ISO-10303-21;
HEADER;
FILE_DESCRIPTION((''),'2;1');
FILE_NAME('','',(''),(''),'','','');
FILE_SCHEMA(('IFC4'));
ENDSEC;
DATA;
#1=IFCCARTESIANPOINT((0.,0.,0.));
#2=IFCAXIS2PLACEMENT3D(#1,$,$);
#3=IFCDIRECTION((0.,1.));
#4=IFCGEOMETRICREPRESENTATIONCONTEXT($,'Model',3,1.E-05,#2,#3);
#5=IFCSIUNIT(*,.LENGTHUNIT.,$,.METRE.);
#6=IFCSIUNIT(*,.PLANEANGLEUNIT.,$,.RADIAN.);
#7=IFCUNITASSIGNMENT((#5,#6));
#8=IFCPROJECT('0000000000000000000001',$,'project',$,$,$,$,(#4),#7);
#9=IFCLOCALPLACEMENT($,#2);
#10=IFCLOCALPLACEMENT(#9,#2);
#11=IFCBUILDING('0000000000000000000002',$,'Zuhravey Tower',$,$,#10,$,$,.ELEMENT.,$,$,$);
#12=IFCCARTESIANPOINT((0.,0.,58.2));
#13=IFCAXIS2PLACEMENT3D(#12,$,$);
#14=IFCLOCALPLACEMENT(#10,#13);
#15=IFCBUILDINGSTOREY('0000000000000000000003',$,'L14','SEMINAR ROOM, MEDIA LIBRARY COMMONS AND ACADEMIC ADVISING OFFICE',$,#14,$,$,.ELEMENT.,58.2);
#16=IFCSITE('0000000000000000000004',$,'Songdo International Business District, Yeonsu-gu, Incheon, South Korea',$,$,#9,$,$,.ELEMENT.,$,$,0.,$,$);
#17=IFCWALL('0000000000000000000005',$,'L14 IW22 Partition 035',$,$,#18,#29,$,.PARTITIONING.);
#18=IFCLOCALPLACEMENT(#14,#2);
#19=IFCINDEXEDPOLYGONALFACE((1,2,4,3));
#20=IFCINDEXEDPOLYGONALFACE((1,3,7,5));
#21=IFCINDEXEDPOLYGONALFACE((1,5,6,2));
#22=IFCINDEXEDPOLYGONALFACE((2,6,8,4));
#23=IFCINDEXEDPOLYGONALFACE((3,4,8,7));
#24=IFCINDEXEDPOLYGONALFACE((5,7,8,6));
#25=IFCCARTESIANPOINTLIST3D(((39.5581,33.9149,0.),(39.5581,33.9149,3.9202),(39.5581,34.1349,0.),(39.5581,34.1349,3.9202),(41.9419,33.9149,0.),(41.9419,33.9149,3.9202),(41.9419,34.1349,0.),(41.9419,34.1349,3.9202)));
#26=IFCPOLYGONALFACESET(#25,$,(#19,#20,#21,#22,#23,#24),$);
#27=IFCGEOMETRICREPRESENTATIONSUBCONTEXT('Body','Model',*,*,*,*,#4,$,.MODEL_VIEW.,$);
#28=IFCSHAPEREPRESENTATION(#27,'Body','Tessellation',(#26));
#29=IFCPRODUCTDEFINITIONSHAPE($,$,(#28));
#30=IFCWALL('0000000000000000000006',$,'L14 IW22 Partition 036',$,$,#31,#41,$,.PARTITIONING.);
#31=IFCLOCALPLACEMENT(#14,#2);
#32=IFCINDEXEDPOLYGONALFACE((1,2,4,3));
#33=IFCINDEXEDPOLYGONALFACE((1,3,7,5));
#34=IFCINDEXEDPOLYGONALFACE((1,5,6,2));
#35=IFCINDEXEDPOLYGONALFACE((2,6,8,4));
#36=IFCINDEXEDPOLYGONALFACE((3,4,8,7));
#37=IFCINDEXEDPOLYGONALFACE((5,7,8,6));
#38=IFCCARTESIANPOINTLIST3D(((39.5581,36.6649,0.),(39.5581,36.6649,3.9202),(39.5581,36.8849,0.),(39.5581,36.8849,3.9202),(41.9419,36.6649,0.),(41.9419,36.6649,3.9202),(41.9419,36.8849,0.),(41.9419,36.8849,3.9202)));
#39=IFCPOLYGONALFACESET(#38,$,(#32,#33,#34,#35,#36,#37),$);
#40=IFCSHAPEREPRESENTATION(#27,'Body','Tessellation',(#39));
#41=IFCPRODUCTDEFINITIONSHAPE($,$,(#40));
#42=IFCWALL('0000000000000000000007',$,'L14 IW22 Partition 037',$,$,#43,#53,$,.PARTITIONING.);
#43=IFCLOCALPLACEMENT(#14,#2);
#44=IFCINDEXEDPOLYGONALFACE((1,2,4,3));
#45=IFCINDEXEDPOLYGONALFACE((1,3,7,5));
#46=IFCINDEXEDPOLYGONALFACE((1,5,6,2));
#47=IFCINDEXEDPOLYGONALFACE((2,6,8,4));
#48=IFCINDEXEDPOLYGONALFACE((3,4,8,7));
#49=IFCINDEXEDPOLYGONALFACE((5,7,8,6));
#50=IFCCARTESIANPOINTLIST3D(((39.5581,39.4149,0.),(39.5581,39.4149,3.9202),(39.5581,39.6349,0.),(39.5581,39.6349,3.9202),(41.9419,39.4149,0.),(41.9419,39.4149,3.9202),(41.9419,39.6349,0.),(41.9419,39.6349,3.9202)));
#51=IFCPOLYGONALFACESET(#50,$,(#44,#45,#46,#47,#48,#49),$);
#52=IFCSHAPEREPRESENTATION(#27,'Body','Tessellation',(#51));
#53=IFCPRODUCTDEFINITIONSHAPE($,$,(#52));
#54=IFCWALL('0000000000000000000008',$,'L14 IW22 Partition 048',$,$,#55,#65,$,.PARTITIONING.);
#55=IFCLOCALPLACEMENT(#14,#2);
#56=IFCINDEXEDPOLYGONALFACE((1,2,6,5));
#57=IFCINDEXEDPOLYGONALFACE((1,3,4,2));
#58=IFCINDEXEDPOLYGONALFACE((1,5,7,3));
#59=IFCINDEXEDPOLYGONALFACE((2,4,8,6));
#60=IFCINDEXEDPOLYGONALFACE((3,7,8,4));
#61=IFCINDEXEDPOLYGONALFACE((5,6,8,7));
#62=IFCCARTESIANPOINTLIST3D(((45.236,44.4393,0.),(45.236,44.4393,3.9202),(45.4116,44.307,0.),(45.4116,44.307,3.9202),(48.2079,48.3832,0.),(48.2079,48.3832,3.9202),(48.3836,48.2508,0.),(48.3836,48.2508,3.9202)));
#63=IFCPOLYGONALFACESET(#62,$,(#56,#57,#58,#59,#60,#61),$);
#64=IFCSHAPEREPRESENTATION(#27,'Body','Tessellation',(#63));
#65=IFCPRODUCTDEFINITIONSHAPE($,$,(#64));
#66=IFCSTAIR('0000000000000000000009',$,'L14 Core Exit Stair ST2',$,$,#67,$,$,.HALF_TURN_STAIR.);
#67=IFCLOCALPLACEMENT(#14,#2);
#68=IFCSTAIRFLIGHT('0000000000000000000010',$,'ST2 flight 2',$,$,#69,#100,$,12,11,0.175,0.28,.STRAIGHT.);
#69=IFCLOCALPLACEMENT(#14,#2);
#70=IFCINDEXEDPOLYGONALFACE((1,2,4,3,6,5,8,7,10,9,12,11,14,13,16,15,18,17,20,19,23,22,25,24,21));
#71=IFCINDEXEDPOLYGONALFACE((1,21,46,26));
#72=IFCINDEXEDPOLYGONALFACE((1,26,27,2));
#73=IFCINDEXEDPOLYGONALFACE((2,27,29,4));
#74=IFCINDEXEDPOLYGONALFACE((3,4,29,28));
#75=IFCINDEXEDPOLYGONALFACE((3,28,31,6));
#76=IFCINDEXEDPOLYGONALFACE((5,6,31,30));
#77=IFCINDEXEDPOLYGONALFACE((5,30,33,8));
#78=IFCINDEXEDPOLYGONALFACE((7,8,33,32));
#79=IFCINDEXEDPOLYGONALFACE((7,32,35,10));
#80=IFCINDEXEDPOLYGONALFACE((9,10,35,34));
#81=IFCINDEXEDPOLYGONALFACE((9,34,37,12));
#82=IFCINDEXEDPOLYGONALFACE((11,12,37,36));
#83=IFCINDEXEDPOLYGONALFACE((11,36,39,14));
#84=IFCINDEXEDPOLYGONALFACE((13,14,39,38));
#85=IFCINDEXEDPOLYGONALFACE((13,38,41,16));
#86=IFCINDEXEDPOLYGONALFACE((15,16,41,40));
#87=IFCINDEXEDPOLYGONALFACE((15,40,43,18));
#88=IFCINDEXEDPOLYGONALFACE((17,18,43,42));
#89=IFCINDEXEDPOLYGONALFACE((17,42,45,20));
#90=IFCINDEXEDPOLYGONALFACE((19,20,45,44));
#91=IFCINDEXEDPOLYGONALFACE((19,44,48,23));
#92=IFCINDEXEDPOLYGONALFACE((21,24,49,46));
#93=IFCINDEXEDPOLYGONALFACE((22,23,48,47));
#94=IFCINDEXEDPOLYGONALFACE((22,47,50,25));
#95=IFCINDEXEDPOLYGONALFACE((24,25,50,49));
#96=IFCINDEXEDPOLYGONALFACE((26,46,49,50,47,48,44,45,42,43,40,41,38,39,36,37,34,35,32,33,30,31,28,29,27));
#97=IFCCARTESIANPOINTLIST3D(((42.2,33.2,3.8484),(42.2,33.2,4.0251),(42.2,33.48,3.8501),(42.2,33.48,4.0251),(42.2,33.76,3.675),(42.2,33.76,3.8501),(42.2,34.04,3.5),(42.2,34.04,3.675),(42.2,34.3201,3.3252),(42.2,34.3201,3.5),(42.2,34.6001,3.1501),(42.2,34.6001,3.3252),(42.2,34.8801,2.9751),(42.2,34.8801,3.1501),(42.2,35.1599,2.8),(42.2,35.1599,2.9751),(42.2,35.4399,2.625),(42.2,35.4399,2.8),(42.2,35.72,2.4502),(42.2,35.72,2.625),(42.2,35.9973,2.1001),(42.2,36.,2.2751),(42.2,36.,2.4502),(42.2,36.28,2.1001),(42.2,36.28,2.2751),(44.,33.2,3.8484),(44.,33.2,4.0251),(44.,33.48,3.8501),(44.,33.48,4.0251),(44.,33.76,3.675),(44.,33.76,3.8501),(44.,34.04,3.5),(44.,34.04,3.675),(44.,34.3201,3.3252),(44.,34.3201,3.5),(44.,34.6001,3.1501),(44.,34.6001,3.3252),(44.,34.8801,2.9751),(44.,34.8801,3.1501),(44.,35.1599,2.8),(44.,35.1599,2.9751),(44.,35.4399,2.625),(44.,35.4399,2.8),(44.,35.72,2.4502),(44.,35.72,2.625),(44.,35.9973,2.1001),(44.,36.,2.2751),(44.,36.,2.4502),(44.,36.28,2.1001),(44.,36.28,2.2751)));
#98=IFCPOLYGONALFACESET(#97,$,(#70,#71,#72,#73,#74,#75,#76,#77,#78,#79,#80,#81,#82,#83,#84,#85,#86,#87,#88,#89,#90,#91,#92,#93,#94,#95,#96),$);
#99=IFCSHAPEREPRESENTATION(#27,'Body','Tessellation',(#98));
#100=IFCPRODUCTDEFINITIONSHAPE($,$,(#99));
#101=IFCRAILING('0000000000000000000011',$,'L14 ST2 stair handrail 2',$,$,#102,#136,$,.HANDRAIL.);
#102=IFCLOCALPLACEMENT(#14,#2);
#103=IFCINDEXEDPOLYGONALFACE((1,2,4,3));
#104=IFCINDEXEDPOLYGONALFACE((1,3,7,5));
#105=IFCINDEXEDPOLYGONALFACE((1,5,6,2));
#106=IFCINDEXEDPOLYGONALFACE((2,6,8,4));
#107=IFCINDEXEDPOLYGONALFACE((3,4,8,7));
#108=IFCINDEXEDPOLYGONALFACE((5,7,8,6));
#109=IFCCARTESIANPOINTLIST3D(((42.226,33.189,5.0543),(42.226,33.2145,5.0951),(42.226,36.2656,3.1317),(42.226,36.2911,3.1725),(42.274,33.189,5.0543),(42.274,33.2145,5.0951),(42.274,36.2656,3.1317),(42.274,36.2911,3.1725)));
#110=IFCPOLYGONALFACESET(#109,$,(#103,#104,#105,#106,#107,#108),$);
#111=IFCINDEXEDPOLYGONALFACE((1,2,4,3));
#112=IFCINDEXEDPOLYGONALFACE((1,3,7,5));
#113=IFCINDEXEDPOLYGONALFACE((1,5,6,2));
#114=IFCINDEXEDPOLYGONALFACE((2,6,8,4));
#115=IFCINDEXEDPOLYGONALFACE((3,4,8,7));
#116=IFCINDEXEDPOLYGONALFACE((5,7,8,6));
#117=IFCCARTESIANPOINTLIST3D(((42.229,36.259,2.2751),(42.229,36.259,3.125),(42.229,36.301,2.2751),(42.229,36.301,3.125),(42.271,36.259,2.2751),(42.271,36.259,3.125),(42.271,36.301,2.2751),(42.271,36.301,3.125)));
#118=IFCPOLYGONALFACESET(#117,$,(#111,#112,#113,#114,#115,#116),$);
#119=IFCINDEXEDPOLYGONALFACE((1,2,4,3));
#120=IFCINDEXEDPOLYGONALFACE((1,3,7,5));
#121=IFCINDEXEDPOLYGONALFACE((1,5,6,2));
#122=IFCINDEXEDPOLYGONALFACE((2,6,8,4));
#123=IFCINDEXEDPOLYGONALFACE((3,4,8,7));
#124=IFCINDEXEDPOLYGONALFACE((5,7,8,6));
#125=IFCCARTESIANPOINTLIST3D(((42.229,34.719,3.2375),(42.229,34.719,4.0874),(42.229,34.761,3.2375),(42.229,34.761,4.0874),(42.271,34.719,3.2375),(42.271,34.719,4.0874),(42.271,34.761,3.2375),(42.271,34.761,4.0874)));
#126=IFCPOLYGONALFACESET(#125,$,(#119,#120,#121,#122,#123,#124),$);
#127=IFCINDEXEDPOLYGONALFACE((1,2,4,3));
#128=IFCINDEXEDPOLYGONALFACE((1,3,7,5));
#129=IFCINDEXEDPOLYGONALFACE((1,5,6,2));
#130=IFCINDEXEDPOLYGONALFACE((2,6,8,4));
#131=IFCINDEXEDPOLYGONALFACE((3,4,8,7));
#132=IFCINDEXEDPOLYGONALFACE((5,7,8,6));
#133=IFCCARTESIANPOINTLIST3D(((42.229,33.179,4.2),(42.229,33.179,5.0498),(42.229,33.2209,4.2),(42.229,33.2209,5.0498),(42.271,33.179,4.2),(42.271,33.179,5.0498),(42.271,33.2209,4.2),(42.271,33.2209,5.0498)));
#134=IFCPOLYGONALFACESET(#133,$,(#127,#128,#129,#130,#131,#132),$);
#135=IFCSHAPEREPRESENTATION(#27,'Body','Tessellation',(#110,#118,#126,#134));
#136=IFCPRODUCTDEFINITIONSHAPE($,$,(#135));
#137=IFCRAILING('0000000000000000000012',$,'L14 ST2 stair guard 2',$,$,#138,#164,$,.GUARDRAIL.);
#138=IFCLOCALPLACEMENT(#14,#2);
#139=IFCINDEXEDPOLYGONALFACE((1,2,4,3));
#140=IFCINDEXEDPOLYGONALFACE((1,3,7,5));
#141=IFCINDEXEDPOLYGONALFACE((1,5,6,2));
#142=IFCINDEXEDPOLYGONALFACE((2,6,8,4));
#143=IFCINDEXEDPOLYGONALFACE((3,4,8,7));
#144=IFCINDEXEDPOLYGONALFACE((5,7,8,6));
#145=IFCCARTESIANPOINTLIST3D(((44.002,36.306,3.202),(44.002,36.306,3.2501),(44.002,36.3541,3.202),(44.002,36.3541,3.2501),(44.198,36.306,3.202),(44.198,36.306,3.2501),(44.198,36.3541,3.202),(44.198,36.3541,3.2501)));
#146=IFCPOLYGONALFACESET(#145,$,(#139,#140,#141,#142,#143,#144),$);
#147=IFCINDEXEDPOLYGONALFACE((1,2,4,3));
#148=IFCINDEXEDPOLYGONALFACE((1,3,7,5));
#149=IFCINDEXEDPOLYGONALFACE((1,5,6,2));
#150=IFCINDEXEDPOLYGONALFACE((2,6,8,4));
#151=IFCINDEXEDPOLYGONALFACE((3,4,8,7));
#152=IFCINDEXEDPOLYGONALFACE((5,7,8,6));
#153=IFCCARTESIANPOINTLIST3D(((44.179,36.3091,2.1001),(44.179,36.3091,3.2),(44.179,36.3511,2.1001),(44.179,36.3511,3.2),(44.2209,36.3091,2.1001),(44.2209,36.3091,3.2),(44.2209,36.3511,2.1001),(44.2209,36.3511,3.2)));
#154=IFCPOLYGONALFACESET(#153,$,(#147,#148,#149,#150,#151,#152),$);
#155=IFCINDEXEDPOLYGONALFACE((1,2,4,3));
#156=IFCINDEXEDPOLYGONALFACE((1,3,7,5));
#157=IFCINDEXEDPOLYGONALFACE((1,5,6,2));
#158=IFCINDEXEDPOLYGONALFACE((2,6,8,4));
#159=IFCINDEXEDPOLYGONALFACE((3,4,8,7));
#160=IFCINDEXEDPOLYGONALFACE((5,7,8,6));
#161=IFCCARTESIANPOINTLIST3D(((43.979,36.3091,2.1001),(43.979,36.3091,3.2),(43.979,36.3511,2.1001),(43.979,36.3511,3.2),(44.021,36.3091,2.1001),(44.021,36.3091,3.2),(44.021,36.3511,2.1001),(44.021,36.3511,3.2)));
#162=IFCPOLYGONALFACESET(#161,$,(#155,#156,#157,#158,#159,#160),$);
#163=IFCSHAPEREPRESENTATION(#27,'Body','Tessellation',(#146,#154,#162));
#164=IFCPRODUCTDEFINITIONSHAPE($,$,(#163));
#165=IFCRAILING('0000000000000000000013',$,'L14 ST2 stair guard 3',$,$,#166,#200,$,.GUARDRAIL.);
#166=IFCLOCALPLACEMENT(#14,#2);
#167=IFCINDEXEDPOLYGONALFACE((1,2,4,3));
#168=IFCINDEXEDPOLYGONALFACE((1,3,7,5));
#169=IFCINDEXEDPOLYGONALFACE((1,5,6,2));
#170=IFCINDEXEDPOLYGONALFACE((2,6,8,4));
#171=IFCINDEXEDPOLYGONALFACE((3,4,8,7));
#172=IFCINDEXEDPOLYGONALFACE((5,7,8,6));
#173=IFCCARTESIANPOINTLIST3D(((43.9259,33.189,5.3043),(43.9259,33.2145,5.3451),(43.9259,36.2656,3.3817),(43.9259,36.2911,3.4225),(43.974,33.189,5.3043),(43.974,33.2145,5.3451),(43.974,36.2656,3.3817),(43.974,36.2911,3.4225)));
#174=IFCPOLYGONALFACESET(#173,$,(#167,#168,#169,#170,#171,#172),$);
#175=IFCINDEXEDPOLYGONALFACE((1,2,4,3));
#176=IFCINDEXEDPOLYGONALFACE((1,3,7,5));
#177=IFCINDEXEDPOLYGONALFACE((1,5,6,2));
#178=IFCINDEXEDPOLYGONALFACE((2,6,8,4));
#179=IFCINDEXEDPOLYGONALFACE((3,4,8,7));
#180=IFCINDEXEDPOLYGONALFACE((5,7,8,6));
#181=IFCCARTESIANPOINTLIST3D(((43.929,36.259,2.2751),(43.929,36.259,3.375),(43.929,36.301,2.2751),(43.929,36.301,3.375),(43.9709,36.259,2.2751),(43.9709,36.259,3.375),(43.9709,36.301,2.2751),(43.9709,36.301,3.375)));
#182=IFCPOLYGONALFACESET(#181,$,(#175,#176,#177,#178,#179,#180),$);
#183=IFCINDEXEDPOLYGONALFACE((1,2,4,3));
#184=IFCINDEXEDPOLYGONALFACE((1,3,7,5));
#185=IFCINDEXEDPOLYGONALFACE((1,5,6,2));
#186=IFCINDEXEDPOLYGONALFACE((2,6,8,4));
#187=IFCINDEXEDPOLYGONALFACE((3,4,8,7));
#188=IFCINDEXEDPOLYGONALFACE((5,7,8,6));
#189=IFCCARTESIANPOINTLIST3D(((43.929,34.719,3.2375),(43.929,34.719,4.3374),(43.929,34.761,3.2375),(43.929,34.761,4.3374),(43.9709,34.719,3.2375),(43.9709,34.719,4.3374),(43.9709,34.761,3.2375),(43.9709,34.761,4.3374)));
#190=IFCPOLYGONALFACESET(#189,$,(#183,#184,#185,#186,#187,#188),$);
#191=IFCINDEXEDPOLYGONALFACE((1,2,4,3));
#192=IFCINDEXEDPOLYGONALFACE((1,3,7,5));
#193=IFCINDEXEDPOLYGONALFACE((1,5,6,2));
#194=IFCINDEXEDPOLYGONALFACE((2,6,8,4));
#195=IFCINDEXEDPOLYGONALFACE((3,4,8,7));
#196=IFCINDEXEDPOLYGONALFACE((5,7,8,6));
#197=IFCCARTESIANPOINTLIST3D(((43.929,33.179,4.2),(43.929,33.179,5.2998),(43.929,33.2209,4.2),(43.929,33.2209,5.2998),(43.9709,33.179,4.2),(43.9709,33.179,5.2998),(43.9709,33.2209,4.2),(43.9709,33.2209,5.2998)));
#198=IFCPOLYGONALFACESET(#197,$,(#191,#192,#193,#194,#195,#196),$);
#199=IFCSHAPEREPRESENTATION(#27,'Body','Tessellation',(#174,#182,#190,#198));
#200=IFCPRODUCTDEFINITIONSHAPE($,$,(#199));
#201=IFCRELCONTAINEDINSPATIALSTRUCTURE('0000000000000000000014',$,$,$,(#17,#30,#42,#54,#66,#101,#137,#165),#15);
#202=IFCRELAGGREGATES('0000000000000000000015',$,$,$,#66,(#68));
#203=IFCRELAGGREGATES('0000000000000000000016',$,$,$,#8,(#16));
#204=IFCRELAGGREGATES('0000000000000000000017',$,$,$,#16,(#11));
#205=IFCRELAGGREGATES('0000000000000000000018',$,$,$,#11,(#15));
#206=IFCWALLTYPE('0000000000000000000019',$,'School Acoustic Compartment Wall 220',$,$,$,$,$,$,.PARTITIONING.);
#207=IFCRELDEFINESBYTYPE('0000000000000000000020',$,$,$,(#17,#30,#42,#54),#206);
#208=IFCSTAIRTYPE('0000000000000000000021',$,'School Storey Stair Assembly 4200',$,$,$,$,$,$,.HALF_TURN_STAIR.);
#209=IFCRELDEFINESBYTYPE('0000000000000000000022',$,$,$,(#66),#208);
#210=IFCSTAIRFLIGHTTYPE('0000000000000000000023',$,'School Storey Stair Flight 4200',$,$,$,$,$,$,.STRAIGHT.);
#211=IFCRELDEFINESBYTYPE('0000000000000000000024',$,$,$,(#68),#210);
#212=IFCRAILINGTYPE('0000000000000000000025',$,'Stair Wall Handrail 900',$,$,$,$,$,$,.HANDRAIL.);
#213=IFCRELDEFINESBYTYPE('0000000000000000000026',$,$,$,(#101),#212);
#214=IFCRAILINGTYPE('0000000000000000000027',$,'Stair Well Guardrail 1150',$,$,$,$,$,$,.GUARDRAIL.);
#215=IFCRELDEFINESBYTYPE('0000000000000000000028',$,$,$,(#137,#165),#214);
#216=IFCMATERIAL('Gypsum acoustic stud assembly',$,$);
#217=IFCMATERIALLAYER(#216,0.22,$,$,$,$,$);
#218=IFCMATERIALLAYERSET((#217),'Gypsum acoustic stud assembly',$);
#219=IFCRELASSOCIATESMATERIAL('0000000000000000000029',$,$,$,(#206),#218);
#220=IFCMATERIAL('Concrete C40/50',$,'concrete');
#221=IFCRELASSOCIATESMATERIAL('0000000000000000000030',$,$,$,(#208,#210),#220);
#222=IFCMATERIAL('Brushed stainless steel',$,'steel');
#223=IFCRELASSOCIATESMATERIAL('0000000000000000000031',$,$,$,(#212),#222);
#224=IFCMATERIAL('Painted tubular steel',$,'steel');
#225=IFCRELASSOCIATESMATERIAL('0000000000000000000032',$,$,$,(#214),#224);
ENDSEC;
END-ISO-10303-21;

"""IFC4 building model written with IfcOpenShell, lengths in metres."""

from ifc_helpers import new_model, si_unit, direction, frame, frame_2d, origin, origin_2d, place, context, subcontext, project, spatial, polyline, rectangle, outline, extrude, material, layer, layer_set, type_object, element, aggregate, save


model = new_model("IFC4")

# Units and contexts
model_context = context("Model", 3, precision=1e-05, world=origin(), true_north=direction((0.0, 1.0)))
body_context = subcontext(model_context, "Body", "Model", "MODEL_VIEW")
ifc_project = project(units=[si_unit("LENGTHUNIT", "METRE"), si_unit("PLANEANGLEUNIT", "RADIAN")], contexts=[model_context])

# Site, building, storey
site_placement = place(None, origin())
site = spatial("IfcSite", under=ifc_project, at=site_placement, Name="Songdo International Business District, Yeonsu-gu, Incheon, South Korea", CompositionType="ELEMENT", RefElevation=0.0)
building_placement = place(site_placement, origin())
building = spatial("IfcBuilding", under=site, at=building_placement, Name="Zuhravey Tower", CompositionType="ELEMENT")
storey_placement = place(building_placement, frame((0.0, 0.0, 58.2)))
storey = spatial("IfcBuildingStorey", under=building, at=storey_placement, Name="L14", Description="SEMINAR ROOM, MEDIA LIBRARY COMMONS AND ACADEMIC ADVISING OFFICE", CompositionType="ELEMENT", Elevation=58.2)

# Walls
ifc_material_1 = material(Name="Gypsum acoustic stud assembly")
ifc_layer_1 = layer(ifc_material_1, 0.22)
ifc_layer_set_1 = layer_set([ifc_layer_1], Name="Gypsum acoustic stud assembly")
wall_type_1 = type_object("IfcWallType", Name="School Acoustic Compartment Wall 220", PredefinedType="PARTITIONING", material=ifc_layer_set_1)
for number, where, z_axis, x_axis, name in (
    (1, (39.5581, 34.0249, 0.0), (0.0, 0.0, 1.0), (1.0, 0.0, 0.0), "L14 IW22 Partition 035"),
    (2, (39.5581, 36.7749, 0.0), (0.0, 0.0, 1.0), (1.0, 0.0, 0.0), "L14 IW22 Partition 036"),
    (3, (39.5581, 39.5249, 0.0), (0.0, 0.0, 1.0), (1.0, 0.0, 0.0), "L14 IW22 Partition 037"),
):
    element("IfcWall", number, at=place(storey_placement, frame(where, z_axis=z_axis, x_axis=x_axis)), inside=storey, type_object=wall_type_1, Name=name, PredefinedType="PARTITIONING", context=body_context, shape_type="SweptSolid", body=[
        extrude(rectangle(XDim=2.3838, YDim=0.22, at=frame_2d((1.1919, 0.0))), origin(), (0.0, 0.0, 1.0), 3.9202),
    ])
wall_1_placement = place(storey_placement, frame((45.3237, 44.373, 0.0), z_axis=(0.0, 0.0, 1.0), x_axis=(0.601818, 0.798633, 0.0)))
element("IfcWall", 4, at=wall_1_placement, inside=storey, type_object=wall_type_1, Name="L14 IW22 Partition 048", PredefinedType="PARTITIONING", context=body_context, shape_type="SweptSolid", body=[
    extrude(rectangle(XDim=4.9382, YDim=0.22, at=frame_2d((2.4692, 0.0))), origin(), (0.0, 0.0, 1.0), 3.9202),
])

# Stair, stair flight
ifc_material_2 = material(Name="Concrete C40/50", Category="concrete")
stair_type = type_object("IfcStairType", Name="School Storey Stair Assembly 4200", PredefinedType="HALF_TURN_STAIR", material=ifc_material_2)
stair_placement = place(storey_placement, origin())
stair = element("IfcStair", 5, at=stair_placement, inside=storey, type_object=stair_type, Name="L14 Core Exit Stair ST2", PredefinedType="HALF_TURN_STAIR")
stair_flight_type = type_object("IfcStairFlightType", Name="School Storey Stair Flight 4200", PredefinedType="STRAIGHT", material=ifc_material_2)
stair_flight_placement = place(storey_placement, frame((43.1001, 36.28, 2.1001), z_axis=(0.0, 0.0, 1.0), x_axis=(0.0, -1.0, 0.0)))
stair_flight = element("IfcStairFlight", 6, at=stair_flight_placement, type_object=stair_flight_type, Name="ST2 flight 2", NumberOfRisers=12, NumberOfTreads=11, PredefinedType="STRAIGHT", RiserHeight=0.175, TreadLength=0.28, context=body_context, shape_type="SweptSolid", body=[
    extrude(outline(polyline([(0.0, 0.0), (0.0, 0.175), (0.28, 0.175), (0.28, 0.3501), (0.5601, 0.3501), (0.5601, 0.5249), (0.8401, 0.5249), (0.8401, 0.7), (1.1201, 0.7), (1.1201, 0.875), (1.3999, 0.875), (1.3999, 1.05), (1.6799, 1.05), (1.6799, 1.2251), (1.96, 1.2251), (1.96, 1.3999), (2.24, 1.3999), (2.24, 1.575), (2.52, 1.575), (2.52, 1.75), (2.8, 1.75), (2.8, 1.925), (3.0801, 1.925), (3.0801, 2.1001), (3.0801, 1.7483), (0.2827, 0.0), (0.0, 0.0)])), frame((0.0, 0.8999, 0.0), z_axis=(0.0, -1.0, 0.0), x_axis=(1.0, 0.0, 0.0)), (0.0, 0.0, 1.0), 1.8),
])
aggregate(stair, [stair_flight])

# Railings
ifc_material_3 = material(Name="Brushed stainless steel", Category="steel")
railing_type_1 = type_object("IfcRailingType", Name="Stair Wall Handrail 900", PredefinedType="HANDRAIL", material=ifc_material_3)
railing_1_placement = place(storey_placement, frame((42.25, 36.28, 2.2751)))
element("IfcRailing", 7, at=railing_1_placement, inside=storey, type_object=railing_type_1, Name="L14 ST2 stair handrail 2", PredefinedType="HANDRAIL", context=body_context, shape_type="SweptSolid", body=[
    extrude(rectangle(XDim=0.0481, YDim=0.0481, at=origin_2d()), frame((0.0, -0.0017, 0.877), z_axis=(0.0, -0.848029, 0.529951), x_axis=(1.0, 0.0, 0.0)), (0.0, 0.0, 1.0), 3.6279),
    extrude(rectangle(XDim=0.042, YDim=0.042, at=origin_2d()), origin(), (0.0, 0.0, 1.0), 0.8499),
    extrude(rectangle(XDim=0.042, YDim=0.042, at=origin_2d()), frame((0.0, -1.54, 0.9624)), (0.0, 0.0, 1.0), 0.8499),
    extrude(rectangle(XDim=0.042, YDim=0.042, at=origin_2d()), frame((0.0, -3.0801, 1.9248)), (0.0, 0.0, 1.0), 0.8499),
])
ifc_material_4 = material(Name="Painted tubular steel", Category="steel")
railing_type_2 = type_object("IfcRailingType", Name="Stair Well Guardrail 1150", PredefinedType="GUARDRAIL", material=ifc_material_4)
railing_2_placement = place(storey_placement, frame((44.2, 36.3301, 2.1001)))
element("IfcRailing", 8, at=railing_2_placement, inside=storey, type_object=railing_type_2, Name="L14 ST2 stair guard 2", PredefinedType="GUARDRAIL", context=body_context, shape_type="SweptSolid", body=[
    extrude(rectangle(XDim=0.0481, YDim=0.0481, at=origin_2d()), frame((-0.002, 0.0, 1.126), z_axis=(-1.0, 0.0, 0.0), x_axis=(0.0, -1.0, 0.0)), (0.0, 0.0, 1.0), 0.196),
    extrude(rectangle(XDim=0.042, YDim=0.042, at=origin_2d()), origin(), (0.0, 0.0, 1.0), 1.0999),
    extrude(rectangle(XDim=0.042, YDim=0.042, at=origin_2d()), frame((-0.2, 0.0, 0.0)), (0.0, 0.0, 1.0), 1.0999),
])
railing_3_placement = place(storey_placement, frame((43.95, 36.28, 2.2751)))
element("IfcRailing", 9, at=railing_3_placement, inside=storey, type_object=railing_type_2, Name="L14 ST2 stair guard 3", PredefinedType="GUARDRAIL", context=body_context, shape_type="SweptSolid", body=[
    extrude(rectangle(XDim=0.0481, YDim=0.0481, at=origin_2d()), frame((0.0, -0.0017, 1.127), z_axis=(0.0, -0.848029, 0.529951), x_axis=(1.0, 0.0, 0.0)), (0.0, 0.0, 1.0), 3.6279),
    extrude(rectangle(XDim=0.042, YDim=0.042, at=origin_2d()), origin(), (0.0, 0.0, 1.0), 1.0999),
    extrude(rectangle(XDim=0.042, YDim=0.042, at=origin_2d()), frame((0.0, -1.54, 0.9624)), (0.0, 0.0, 1.0), 1.0999),
    extrude(rectangle(XDim=0.042, YDim=0.042, at=origin_2d()), frame((0.0, -3.0801, 1.9248)), (0.0, 0.0, 1.0), 1.0999),
])

save(model, "model.ifc")
